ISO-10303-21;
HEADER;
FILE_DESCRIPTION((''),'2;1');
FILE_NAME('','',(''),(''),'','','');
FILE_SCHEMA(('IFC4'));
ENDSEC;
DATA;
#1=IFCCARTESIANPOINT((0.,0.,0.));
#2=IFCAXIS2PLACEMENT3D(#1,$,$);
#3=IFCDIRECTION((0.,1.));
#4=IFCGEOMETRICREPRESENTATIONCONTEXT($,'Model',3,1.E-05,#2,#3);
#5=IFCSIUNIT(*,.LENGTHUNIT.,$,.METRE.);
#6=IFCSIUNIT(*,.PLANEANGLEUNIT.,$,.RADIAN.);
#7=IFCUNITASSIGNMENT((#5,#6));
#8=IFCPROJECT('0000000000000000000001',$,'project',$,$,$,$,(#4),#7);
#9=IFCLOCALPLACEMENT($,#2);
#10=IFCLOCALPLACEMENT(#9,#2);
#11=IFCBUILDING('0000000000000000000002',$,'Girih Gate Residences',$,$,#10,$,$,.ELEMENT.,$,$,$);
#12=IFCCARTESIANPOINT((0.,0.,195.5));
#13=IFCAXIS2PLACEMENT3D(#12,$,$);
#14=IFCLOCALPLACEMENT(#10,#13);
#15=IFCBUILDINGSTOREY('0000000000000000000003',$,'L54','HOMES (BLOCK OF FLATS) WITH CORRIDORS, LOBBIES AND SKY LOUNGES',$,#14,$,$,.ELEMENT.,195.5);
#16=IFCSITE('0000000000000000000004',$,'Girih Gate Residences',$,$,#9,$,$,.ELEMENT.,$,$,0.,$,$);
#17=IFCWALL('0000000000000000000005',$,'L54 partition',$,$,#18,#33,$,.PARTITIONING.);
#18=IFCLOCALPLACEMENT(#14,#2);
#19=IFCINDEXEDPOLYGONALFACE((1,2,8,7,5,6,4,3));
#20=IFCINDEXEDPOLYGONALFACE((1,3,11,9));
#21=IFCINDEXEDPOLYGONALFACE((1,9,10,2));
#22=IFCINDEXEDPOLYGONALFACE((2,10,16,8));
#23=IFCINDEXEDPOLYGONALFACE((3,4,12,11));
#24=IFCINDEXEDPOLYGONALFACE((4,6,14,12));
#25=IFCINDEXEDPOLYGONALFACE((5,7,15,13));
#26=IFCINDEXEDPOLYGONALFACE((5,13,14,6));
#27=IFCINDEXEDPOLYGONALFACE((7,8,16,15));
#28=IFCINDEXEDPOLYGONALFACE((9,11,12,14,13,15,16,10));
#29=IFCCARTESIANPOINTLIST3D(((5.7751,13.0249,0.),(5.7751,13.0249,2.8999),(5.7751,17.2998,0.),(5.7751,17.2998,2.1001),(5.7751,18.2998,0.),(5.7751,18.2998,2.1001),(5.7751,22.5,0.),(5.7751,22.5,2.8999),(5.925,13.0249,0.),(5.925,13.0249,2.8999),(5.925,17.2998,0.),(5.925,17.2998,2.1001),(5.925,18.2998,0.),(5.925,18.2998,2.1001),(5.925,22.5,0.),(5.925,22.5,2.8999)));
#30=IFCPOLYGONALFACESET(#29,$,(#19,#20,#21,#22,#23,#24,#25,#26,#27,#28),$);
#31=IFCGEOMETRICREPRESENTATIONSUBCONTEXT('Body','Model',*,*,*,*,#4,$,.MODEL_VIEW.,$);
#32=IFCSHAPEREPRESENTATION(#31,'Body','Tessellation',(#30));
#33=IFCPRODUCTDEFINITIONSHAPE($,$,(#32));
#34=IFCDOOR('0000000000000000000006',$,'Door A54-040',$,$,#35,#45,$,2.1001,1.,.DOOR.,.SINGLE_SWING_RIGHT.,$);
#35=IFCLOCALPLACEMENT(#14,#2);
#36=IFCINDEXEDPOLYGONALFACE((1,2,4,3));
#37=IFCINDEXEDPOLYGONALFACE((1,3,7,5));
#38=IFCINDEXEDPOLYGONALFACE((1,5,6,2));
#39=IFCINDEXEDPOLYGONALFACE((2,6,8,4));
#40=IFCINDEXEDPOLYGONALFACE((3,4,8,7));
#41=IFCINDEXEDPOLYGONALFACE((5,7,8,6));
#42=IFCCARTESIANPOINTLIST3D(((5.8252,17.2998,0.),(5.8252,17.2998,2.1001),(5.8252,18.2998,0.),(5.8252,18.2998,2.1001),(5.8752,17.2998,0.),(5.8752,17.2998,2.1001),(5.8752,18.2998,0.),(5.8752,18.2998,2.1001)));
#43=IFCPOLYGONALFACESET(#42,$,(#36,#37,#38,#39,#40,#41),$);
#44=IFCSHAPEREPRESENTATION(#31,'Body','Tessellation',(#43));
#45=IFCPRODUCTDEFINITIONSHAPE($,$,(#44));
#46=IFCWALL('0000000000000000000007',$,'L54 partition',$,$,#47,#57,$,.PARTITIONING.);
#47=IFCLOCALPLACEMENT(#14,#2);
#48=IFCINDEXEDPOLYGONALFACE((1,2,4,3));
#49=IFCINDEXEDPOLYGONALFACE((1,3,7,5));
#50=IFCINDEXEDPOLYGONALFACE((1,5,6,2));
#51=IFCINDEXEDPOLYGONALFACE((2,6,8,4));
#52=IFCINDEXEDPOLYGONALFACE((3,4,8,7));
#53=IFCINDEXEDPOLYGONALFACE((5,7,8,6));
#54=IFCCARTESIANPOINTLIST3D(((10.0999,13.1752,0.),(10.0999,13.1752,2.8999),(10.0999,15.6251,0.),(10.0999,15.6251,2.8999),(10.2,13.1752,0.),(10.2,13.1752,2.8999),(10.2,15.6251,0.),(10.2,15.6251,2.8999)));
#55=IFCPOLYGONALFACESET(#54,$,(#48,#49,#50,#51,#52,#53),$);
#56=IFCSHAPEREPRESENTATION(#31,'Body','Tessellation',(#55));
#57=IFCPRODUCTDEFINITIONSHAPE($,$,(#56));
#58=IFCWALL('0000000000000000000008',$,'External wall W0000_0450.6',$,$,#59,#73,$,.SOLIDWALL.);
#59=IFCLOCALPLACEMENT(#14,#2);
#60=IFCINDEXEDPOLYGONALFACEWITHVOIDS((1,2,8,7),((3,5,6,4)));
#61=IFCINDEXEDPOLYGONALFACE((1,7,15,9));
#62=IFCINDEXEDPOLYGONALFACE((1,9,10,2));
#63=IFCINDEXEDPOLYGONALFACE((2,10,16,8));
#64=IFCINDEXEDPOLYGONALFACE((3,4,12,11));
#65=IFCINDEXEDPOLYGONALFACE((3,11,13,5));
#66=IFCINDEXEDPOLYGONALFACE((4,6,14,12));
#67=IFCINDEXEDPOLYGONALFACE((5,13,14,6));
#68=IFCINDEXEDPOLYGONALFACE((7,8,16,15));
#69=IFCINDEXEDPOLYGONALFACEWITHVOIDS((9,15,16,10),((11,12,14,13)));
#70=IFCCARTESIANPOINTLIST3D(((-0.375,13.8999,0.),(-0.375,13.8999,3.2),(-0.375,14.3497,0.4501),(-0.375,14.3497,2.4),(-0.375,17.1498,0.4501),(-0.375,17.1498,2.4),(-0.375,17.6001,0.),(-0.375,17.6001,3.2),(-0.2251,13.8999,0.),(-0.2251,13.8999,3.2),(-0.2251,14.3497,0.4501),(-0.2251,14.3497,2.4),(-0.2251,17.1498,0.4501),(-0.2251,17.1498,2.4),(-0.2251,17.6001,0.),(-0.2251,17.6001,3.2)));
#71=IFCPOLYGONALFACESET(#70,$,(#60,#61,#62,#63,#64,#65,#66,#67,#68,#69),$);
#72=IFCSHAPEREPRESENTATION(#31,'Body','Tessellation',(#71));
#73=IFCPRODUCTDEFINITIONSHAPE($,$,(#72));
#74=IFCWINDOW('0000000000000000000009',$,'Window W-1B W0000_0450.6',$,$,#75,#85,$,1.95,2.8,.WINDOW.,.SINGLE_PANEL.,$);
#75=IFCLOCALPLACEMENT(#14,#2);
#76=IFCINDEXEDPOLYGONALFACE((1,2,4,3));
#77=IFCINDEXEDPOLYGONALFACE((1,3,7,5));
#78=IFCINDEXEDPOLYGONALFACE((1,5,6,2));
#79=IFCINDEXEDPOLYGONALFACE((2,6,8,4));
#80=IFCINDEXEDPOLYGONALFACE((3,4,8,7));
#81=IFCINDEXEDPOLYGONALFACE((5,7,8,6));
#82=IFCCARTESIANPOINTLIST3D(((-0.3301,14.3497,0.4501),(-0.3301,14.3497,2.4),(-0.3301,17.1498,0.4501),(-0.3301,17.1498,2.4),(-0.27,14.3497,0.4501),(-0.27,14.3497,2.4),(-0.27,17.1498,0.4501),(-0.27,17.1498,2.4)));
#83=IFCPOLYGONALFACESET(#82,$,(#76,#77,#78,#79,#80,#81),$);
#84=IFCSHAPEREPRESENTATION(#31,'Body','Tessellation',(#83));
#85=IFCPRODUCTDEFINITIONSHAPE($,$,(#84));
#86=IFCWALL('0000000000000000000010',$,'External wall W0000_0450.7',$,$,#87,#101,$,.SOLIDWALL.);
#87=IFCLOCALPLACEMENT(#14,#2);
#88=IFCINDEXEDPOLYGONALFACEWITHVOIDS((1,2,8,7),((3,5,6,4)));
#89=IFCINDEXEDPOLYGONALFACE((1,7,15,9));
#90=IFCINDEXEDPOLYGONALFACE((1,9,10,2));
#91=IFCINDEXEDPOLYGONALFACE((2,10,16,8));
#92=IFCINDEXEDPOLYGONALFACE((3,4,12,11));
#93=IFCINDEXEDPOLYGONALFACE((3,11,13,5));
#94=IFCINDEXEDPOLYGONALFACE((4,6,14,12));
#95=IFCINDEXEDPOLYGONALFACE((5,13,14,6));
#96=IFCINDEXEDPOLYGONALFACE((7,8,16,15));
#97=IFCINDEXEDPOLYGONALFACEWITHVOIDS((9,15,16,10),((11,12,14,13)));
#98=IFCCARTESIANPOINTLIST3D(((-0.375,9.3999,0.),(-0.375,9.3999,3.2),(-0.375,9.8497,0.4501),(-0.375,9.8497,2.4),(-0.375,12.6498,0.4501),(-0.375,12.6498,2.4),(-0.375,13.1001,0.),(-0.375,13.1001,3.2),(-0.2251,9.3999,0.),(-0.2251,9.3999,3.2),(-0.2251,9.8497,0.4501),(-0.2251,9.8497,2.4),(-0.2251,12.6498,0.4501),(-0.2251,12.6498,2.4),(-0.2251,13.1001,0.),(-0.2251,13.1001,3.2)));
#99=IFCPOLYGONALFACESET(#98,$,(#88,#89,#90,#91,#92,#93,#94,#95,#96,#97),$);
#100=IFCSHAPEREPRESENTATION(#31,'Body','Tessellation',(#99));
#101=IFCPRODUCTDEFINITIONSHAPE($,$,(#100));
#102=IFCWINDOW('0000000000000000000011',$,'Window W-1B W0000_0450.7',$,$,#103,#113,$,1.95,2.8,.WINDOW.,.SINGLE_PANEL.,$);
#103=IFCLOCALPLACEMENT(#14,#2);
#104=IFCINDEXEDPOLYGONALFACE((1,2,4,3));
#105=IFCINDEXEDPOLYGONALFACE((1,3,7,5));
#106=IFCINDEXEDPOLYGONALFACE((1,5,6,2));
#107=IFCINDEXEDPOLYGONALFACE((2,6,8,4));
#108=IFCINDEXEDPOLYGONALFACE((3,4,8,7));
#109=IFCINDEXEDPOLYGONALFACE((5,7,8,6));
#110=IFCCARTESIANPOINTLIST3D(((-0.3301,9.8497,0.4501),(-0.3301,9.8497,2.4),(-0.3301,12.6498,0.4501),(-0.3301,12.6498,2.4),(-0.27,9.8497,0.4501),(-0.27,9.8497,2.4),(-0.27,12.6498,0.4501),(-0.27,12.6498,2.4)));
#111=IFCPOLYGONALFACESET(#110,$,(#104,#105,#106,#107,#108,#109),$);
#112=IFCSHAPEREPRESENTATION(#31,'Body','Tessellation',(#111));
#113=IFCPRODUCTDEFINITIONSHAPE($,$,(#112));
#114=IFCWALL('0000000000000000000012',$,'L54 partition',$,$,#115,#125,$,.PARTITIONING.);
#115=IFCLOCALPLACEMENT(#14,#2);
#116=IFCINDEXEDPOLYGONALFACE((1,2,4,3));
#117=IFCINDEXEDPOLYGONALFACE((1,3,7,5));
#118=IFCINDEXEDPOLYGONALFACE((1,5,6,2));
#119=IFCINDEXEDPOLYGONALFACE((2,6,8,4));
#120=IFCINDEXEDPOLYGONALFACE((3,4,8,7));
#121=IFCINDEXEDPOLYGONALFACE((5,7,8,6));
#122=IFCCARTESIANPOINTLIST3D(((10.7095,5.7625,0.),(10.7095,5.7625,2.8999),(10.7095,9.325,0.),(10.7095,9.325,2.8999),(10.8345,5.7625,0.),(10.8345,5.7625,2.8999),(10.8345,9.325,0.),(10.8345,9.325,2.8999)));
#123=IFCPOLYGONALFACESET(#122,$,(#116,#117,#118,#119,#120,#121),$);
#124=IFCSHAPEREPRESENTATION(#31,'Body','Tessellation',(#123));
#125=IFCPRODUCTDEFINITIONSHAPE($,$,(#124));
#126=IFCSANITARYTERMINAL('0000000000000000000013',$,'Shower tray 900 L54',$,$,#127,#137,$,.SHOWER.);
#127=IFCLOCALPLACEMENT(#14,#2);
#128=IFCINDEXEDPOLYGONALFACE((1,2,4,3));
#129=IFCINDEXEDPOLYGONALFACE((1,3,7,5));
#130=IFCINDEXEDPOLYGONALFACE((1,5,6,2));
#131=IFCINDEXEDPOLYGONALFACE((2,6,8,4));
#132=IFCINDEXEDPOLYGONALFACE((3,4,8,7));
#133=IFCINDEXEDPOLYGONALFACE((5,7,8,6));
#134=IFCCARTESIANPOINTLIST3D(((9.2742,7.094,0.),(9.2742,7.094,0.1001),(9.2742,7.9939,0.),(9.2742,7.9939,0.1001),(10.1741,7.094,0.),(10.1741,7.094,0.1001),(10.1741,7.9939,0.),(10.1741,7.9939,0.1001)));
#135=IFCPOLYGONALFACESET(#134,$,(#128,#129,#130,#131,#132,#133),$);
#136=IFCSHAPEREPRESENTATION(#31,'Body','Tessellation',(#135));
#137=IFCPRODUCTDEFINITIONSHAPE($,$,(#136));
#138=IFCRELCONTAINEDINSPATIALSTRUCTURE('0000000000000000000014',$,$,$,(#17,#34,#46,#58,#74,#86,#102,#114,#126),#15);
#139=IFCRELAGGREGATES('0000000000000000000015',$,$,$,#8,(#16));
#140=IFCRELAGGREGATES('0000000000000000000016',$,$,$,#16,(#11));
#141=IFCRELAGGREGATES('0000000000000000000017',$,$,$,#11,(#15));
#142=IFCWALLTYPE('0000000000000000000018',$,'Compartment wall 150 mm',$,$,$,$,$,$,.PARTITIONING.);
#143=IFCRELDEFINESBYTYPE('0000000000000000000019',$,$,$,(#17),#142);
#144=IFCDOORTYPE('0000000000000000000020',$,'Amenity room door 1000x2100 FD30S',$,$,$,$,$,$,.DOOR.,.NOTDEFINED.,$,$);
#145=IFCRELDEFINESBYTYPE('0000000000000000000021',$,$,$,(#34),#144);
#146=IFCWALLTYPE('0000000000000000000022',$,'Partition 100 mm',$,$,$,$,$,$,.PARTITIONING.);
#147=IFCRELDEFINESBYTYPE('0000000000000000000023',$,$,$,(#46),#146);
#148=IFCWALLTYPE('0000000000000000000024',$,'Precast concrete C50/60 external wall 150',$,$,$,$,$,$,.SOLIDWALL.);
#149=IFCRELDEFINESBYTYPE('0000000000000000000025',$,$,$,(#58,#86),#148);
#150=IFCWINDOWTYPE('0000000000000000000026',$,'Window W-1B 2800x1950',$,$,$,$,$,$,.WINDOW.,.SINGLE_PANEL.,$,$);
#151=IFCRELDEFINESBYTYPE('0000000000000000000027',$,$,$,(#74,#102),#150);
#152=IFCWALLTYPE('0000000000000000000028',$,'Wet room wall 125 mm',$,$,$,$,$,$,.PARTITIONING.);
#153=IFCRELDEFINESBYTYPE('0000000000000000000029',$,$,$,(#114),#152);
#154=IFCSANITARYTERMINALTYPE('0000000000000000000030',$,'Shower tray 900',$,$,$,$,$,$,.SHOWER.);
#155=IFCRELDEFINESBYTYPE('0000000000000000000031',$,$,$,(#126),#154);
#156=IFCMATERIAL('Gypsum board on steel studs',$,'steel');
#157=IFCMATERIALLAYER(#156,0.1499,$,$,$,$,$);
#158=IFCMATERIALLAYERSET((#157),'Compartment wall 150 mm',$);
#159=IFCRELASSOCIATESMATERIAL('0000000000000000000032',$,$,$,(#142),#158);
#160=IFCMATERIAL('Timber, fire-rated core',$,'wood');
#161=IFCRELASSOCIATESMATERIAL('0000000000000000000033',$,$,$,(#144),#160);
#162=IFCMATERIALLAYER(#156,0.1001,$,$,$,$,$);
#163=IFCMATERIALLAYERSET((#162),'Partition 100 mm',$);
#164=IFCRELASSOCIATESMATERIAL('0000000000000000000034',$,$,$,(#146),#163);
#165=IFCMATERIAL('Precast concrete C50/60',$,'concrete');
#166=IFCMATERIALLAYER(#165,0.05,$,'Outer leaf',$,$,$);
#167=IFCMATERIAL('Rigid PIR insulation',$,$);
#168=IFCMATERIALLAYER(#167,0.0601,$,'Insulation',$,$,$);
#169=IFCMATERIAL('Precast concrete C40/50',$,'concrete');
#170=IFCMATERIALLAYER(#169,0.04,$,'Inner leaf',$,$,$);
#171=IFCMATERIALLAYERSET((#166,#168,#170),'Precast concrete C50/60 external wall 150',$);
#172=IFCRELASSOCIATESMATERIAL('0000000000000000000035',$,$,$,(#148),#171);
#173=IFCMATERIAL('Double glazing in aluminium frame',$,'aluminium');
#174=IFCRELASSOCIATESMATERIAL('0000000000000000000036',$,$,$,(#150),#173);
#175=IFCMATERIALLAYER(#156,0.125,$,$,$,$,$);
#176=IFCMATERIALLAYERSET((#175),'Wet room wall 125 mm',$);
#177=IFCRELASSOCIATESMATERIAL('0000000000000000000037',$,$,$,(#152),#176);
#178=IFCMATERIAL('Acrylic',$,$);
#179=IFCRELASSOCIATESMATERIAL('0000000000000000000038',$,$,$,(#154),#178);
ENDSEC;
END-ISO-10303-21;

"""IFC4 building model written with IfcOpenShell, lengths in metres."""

from ifc_helpers import new_model, si_unit, direction, frame, frame_2d, origin, origin_2d, place, context, subcontext, project, spatial, rectangle, extrude, material, layer, layer_set, type_object, element, fill, save


model = new_model("IFC4")

# Units and contexts
model_context = context("Model", 3, precision=1e-05, world=origin(), true_north=direction((0.0, 1.0)))
body_context = subcontext(model_context, "Body", "Model", "MODEL_VIEW")
ifc_project = project(units=[si_unit("LENGTHUNIT", "METRE"), si_unit("PLANEANGLEUNIT", "RADIAN")], contexts=[model_context])

# Site, building, storey
site_placement = place(None, origin())
site = spatial("IfcSite", under=ifc_project, at=site_placement, Name="Girih Gate Residences", CompositionType="ELEMENT", RefElevation=0.0)
building_placement = place(site_placement, origin())
building = spatial("IfcBuilding", under=site, at=building_placement, Name="Girih Gate Residences", CompositionType="ELEMENT")
storey_placement = place(building_placement, frame((0.0, 0.0, 195.5)))
storey = spatial("IfcBuildingStorey", under=building, at=storey_placement, Name="L54", Description="HOMES (BLOCK OF FLATS) WITH CORRIDORS, LOBBIES AND SKY LOUNGES", CompositionType="ELEMENT", Elevation=195.5)

# Shared definitions
ifc_material_1 = material(Name="Gypsum board on steel studs", Category="steel")
ifc_layer_1 = layer(ifc_material_1, 0.1499)
ifc_layer_set_1 = layer_set([ifc_layer_1], Name="Compartment wall 150 mm")
wall_type_1 = type_object("IfcWallType", Name="Compartment wall 150 mm", PredefinedType="PARTITIONING", material=ifc_layer_set_1)

# Shared definitions
ifc_material_2 = material(Name="Timber, fire-rated core", Category="wood")

# Wall, opening, door
wall_1_placement = place(storey_placement, frame((5.8501, 13.0249, 0.0), z_axis=(0.0, 0.0, 1.0), x_axis=(0.0, 1.0, 0.0)))
wall_1 = element("IfcWall", 1, at=wall_1_placement, inside=storey, type_object=wall_type_1, Name="L54 partition", PredefinedType="PARTITIONING", context=body_context, shape_type="SweptSolid", body=[
    extrude(rectangle(XDim=9.4751, YDim=0.1499, at=frame_2d((4.7375, 0.0))), origin(), (0.0, 0.0, 1.0), 2.8999),
])
opening_1_placement = place(wall_1_placement, frame((4.2749, 0.0, 0.0)))
opening_1 = element("IfcOpeningElement", 2, at=opening_1_placement, cuts=wall_1, PredefinedType="OPENING", context=body_context, shape_type="SweptSolid", body=[
    extrude(rectangle(XDim=1.0, YDim=2.1001, at=frame_2d((0.5, 1.05))), frame((0.0, 0.085, 0.0), z_axis=(0.0, -1.0, 0.0), x_axis=(1.0, 0.0, 0.0)), (0.0, 0.0, 1.0), 0.1699),
])
door_type_1 = type_object("IfcDoorType", Name="Amenity room door 1000x2100 FD30S", OperationType="NOTDEFINED", PredefinedType="DOOR", material=ifc_material_2)
door_1_placement = place(opening_1_placement, origin())
door_1 = element("IfcDoor", 3, at=door_1_placement, inside=storey, type_object=door_type_1, Name="Door A54-040", OperationType="SINGLE_SWING_RIGHT", OverallHeight=2.1001, OverallWidth=1.0, PredefinedType="DOOR", context=body_context, shape_type="SweptSolid", body=[
    extrude(rectangle(XDim=1.0, YDim=2.1001, at=frame_2d((0.5, 1.05))), frame((0.0, 0.0249, 0.0), z_axis=(0.0, -1.0, 0.0), x_axis=(1.0, 0.0, 0.0)), (0.0, 0.0, 1.0), 0.05),
])
fill(opening_1, door_1)

# Wall
ifc_layer_2 = layer(ifc_material_1, 0.1001)
ifc_layer_set_2 = layer_set([ifc_layer_2], Name="Partition 100 mm")
wall_type_2 = type_object("IfcWallType", Name="Partition 100 mm", PredefinedType="PARTITIONING", material=ifc_layer_set_2)
wall_2_placement = place(storey_placement, frame((10.1499, 13.175, 0.0), z_axis=(0.0, 0.0, 1.0), x_axis=(0.0, 1.0, 0.0)))
element("IfcWall", 4, at=wall_2_placement, inside=storey, type_object=wall_type_2, Name="L54 partition", PredefinedType="PARTITIONING", context=body_context, shape_type="SweptSolid", body=[
    extrude(rectangle(XDim=2.45, YDim=0.1001, at=frame_2d((1.2251, 0.0))), origin(), (0.0, 0.0, 1.0), 2.8999),
])

# Walls, openings, windows
ifc_material_3 = material(Name="Precast concrete C50/60", Category="concrete")
ifc_layer_3 = layer(ifc_material_3, 0.05, Name="Outer leaf")
ifc_material_4 = material(Name="Rigid PIR insulation")
ifc_layer_4 = layer(ifc_material_4, 0.0601, Name="Insulation")
ifc_material_5 = material(Name="Precast concrete C40/50", Category="concrete")
ifc_layer_5 = layer(ifc_material_5, 0.04, Name="Inner leaf")
ifc_layer_set_3 = layer_set([ifc_layer_3, ifc_layer_4, ifc_layer_5], Name="Precast concrete C50/60 external wall 150")
wall_type_3 = type_object("IfcWallType", Name="Precast concrete C50/60 external wall 150", PredefinedType="SOLIDWALL", material=ifc_layer_set_3)
wall_3_placement = place(storey_placement, frame((-0.3, 13.8999, 0.0), z_axis=(0.0, 0.0, 1.0), x_axis=(0.0, 1.0, 0.0)))
wall_3 = element("IfcWall", 5, at=wall_3_placement, inside=storey, type_object=wall_type_3, Name="External wall W0000_0450.6", PredefinedType="SOLIDWALL", context=body_context, shape_type="SweptSolid", body=[
    extrude(rectangle(XDim=3.7002, YDim=0.1499, at=frame_2d((1.8501, 0.0))), origin(), (0.0, 0.0, 1.0), 3.2),
])
opening_2_placement = place(wall_3_placement, frame((0.45, 0.0, 0.45)))
opening_2 = element("IfcOpeningElement", 6, at=opening_2_placement, cuts=wall_3, PredefinedType="OPENING", context=body_context, shape_type="SweptSolid", body=[
    extrude(rectangle(XDim=2.8, YDim=1.95, at=frame_2d((1.3999, 0.9751))), frame((0.0, 0.085, 0.0), z_axis=(0.0, -1.0, 0.0), x_axis=(1.0, 0.0, 0.0)), (0.0, 0.0, 1.0), 0.1699),
])
ifc_material_6 = material(Name="Double glazing in aluminium frame", Category="aluminium")
window_type = type_object("IfcWindowType", Name="Window W-1B 2800x1950", PartitioningType="SINGLE_PANEL", PredefinedType="WINDOW", material=ifc_material_6)
window_1_placement = place(opening_2_placement, origin())
window_1 = element("IfcWindow", 7, at=window_1_placement, inside=storey, type_object=window_type, Name="Window W-1B W0000_0450.6", OverallHeight=1.95, OverallWidth=2.8, PartitioningType="SINGLE_PANEL", PredefinedType="WINDOW", context=body_context, shape_type="SweptSolid", body=[
    extrude(rectangle(XDim=2.8, YDim=1.95, at=frame_2d((1.3999, 0.9751))), frame((0.0, 0.03, 0.0), z_axis=(0.0, -1.0, 0.0), x_axis=(1.0, 0.0, 0.0)), (0.0, 0.0, 1.0), 0.0601),
])
fill(opening_2, window_1)
wall_4_placement = place(storey_placement, frame((-0.3, 9.3999, 0.0), z_axis=(0.0, 0.0, 1.0), x_axis=(0.0, 1.0, 0.0)))
wall_4 = element("IfcWall", 8, at=wall_4_placement, inside=storey, type_object=wall_type_3, Name="External wall W0000_0450.7", PredefinedType="SOLIDWALL", context=body_context, shape_type="SweptSolid", body=[
    extrude(rectangle(XDim=3.7002, YDim=0.1499, at=frame_2d((1.8501, 0.0))), origin(), (0.0, 0.0, 1.0), 3.2),
])
opening_3_placement = place(wall_4_placement, frame((0.45, 0.0, 0.45)))
opening_3 = element("IfcOpeningElement", 9, at=opening_3_placement, cuts=wall_4, PredefinedType="OPENING", context=body_context, shape_type="SweptSolid", body=[
    extrude(rectangle(XDim=2.8, YDim=1.95, at=frame_2d((1.3999, 0.9751))), frame((0.0, 0.085, 0.0), z_axis=(0.0, -1.0, 0.0), x_axis=(1.0, 0.0, 0.0)), (0.0, 0.0, 1.0), 0.1699),
])
window_2_placement = place(opening_3_placement, origin())
window_2 = element("IfcWindow", 10, at=window_2_placement, inside=storey, type_object=window_type, Name="Window W-1B W0000_0450.7", OverallHeight=1.95, OverallWidth=2.8, PartitioningType="SINGLE_PANEL", PredefinedType="WINDOW", context=body_context, shape_type="SweptSolid", body=[
    extrude(rectangle(XDim=2.8, YDim=1.95, at=frame_2d((1.3999, 0.9751))), frame((0.0, 0.03, 0.0), z_axis=(0.0, -1.0, 0.0), x_axis=(1.0, 0.0, 0.0)), (0.0, 0.0, 1.0), 0.0601),
])
fill(opening_3, window_2)

# Wall
ifc_layer_6 = layer(ifc_material_1, 0.125)
ifc_layer_set_4 = layer_set([ifc_layer_6], Name="Wet room wall 125 mm")
wall_type_4 = type_object("IfcWallType", Name="Wet room wall 125 mm", PredefinedType="PARTITIONING", material=ifc_layer_set_4)
wall_5_placement = place(storey_placement, frame((10.772, 5.7625, 0.0), z_axis=(0.0, 0.0, 1.0), x_axis=(0.0, 1.0, 0.0)))
element("IfcWall", 11, at=wall_5_placement, inside=storey, type_object=wall_type_4, Name="L54 partition", PredefinedType="PARTITIONING", context=body_context, shape_type="SweptSolid", body=[
    extrude(rectangle(XDim=3.5625, YDim=0.125, at=frame_2d((1.7812, 0.0))), origin(), (0.0, 0.0, 1.0), 2.8999),
])

# Sanitary terminal
ifc_material_7 = material(Name="Acrylic")
sanitary_terminal_type = type_object("IfcSanitaryTerminalType", Name="Shower tray 900", PredefinedType="SHOWER", material=ifc_material_7)
sanitary_terminal_placement = place(storey_placement, frame((9.7241, 7.5439, 0.0), z_axis=(0.0, 0.0, 1.0), x_axis=(1.0, 0.0, 0.0)))
element("IfcSanitaryTerminal", 12, at=sanitary_terminal_placement, inside=storey, type_object=sanitary_terminal_type, Name="Shower tray 900 L54", PredefinedType="SHOWER", context=body_context, shape_type="SweptSolid", body=[
    extrude(rectangle(XDim=0.8999, YDim=0.8999, at=origin_2d()), origin(), (0.0, 0.0, 1.0), 0.1001),
])

save(model, "model.ifc")
